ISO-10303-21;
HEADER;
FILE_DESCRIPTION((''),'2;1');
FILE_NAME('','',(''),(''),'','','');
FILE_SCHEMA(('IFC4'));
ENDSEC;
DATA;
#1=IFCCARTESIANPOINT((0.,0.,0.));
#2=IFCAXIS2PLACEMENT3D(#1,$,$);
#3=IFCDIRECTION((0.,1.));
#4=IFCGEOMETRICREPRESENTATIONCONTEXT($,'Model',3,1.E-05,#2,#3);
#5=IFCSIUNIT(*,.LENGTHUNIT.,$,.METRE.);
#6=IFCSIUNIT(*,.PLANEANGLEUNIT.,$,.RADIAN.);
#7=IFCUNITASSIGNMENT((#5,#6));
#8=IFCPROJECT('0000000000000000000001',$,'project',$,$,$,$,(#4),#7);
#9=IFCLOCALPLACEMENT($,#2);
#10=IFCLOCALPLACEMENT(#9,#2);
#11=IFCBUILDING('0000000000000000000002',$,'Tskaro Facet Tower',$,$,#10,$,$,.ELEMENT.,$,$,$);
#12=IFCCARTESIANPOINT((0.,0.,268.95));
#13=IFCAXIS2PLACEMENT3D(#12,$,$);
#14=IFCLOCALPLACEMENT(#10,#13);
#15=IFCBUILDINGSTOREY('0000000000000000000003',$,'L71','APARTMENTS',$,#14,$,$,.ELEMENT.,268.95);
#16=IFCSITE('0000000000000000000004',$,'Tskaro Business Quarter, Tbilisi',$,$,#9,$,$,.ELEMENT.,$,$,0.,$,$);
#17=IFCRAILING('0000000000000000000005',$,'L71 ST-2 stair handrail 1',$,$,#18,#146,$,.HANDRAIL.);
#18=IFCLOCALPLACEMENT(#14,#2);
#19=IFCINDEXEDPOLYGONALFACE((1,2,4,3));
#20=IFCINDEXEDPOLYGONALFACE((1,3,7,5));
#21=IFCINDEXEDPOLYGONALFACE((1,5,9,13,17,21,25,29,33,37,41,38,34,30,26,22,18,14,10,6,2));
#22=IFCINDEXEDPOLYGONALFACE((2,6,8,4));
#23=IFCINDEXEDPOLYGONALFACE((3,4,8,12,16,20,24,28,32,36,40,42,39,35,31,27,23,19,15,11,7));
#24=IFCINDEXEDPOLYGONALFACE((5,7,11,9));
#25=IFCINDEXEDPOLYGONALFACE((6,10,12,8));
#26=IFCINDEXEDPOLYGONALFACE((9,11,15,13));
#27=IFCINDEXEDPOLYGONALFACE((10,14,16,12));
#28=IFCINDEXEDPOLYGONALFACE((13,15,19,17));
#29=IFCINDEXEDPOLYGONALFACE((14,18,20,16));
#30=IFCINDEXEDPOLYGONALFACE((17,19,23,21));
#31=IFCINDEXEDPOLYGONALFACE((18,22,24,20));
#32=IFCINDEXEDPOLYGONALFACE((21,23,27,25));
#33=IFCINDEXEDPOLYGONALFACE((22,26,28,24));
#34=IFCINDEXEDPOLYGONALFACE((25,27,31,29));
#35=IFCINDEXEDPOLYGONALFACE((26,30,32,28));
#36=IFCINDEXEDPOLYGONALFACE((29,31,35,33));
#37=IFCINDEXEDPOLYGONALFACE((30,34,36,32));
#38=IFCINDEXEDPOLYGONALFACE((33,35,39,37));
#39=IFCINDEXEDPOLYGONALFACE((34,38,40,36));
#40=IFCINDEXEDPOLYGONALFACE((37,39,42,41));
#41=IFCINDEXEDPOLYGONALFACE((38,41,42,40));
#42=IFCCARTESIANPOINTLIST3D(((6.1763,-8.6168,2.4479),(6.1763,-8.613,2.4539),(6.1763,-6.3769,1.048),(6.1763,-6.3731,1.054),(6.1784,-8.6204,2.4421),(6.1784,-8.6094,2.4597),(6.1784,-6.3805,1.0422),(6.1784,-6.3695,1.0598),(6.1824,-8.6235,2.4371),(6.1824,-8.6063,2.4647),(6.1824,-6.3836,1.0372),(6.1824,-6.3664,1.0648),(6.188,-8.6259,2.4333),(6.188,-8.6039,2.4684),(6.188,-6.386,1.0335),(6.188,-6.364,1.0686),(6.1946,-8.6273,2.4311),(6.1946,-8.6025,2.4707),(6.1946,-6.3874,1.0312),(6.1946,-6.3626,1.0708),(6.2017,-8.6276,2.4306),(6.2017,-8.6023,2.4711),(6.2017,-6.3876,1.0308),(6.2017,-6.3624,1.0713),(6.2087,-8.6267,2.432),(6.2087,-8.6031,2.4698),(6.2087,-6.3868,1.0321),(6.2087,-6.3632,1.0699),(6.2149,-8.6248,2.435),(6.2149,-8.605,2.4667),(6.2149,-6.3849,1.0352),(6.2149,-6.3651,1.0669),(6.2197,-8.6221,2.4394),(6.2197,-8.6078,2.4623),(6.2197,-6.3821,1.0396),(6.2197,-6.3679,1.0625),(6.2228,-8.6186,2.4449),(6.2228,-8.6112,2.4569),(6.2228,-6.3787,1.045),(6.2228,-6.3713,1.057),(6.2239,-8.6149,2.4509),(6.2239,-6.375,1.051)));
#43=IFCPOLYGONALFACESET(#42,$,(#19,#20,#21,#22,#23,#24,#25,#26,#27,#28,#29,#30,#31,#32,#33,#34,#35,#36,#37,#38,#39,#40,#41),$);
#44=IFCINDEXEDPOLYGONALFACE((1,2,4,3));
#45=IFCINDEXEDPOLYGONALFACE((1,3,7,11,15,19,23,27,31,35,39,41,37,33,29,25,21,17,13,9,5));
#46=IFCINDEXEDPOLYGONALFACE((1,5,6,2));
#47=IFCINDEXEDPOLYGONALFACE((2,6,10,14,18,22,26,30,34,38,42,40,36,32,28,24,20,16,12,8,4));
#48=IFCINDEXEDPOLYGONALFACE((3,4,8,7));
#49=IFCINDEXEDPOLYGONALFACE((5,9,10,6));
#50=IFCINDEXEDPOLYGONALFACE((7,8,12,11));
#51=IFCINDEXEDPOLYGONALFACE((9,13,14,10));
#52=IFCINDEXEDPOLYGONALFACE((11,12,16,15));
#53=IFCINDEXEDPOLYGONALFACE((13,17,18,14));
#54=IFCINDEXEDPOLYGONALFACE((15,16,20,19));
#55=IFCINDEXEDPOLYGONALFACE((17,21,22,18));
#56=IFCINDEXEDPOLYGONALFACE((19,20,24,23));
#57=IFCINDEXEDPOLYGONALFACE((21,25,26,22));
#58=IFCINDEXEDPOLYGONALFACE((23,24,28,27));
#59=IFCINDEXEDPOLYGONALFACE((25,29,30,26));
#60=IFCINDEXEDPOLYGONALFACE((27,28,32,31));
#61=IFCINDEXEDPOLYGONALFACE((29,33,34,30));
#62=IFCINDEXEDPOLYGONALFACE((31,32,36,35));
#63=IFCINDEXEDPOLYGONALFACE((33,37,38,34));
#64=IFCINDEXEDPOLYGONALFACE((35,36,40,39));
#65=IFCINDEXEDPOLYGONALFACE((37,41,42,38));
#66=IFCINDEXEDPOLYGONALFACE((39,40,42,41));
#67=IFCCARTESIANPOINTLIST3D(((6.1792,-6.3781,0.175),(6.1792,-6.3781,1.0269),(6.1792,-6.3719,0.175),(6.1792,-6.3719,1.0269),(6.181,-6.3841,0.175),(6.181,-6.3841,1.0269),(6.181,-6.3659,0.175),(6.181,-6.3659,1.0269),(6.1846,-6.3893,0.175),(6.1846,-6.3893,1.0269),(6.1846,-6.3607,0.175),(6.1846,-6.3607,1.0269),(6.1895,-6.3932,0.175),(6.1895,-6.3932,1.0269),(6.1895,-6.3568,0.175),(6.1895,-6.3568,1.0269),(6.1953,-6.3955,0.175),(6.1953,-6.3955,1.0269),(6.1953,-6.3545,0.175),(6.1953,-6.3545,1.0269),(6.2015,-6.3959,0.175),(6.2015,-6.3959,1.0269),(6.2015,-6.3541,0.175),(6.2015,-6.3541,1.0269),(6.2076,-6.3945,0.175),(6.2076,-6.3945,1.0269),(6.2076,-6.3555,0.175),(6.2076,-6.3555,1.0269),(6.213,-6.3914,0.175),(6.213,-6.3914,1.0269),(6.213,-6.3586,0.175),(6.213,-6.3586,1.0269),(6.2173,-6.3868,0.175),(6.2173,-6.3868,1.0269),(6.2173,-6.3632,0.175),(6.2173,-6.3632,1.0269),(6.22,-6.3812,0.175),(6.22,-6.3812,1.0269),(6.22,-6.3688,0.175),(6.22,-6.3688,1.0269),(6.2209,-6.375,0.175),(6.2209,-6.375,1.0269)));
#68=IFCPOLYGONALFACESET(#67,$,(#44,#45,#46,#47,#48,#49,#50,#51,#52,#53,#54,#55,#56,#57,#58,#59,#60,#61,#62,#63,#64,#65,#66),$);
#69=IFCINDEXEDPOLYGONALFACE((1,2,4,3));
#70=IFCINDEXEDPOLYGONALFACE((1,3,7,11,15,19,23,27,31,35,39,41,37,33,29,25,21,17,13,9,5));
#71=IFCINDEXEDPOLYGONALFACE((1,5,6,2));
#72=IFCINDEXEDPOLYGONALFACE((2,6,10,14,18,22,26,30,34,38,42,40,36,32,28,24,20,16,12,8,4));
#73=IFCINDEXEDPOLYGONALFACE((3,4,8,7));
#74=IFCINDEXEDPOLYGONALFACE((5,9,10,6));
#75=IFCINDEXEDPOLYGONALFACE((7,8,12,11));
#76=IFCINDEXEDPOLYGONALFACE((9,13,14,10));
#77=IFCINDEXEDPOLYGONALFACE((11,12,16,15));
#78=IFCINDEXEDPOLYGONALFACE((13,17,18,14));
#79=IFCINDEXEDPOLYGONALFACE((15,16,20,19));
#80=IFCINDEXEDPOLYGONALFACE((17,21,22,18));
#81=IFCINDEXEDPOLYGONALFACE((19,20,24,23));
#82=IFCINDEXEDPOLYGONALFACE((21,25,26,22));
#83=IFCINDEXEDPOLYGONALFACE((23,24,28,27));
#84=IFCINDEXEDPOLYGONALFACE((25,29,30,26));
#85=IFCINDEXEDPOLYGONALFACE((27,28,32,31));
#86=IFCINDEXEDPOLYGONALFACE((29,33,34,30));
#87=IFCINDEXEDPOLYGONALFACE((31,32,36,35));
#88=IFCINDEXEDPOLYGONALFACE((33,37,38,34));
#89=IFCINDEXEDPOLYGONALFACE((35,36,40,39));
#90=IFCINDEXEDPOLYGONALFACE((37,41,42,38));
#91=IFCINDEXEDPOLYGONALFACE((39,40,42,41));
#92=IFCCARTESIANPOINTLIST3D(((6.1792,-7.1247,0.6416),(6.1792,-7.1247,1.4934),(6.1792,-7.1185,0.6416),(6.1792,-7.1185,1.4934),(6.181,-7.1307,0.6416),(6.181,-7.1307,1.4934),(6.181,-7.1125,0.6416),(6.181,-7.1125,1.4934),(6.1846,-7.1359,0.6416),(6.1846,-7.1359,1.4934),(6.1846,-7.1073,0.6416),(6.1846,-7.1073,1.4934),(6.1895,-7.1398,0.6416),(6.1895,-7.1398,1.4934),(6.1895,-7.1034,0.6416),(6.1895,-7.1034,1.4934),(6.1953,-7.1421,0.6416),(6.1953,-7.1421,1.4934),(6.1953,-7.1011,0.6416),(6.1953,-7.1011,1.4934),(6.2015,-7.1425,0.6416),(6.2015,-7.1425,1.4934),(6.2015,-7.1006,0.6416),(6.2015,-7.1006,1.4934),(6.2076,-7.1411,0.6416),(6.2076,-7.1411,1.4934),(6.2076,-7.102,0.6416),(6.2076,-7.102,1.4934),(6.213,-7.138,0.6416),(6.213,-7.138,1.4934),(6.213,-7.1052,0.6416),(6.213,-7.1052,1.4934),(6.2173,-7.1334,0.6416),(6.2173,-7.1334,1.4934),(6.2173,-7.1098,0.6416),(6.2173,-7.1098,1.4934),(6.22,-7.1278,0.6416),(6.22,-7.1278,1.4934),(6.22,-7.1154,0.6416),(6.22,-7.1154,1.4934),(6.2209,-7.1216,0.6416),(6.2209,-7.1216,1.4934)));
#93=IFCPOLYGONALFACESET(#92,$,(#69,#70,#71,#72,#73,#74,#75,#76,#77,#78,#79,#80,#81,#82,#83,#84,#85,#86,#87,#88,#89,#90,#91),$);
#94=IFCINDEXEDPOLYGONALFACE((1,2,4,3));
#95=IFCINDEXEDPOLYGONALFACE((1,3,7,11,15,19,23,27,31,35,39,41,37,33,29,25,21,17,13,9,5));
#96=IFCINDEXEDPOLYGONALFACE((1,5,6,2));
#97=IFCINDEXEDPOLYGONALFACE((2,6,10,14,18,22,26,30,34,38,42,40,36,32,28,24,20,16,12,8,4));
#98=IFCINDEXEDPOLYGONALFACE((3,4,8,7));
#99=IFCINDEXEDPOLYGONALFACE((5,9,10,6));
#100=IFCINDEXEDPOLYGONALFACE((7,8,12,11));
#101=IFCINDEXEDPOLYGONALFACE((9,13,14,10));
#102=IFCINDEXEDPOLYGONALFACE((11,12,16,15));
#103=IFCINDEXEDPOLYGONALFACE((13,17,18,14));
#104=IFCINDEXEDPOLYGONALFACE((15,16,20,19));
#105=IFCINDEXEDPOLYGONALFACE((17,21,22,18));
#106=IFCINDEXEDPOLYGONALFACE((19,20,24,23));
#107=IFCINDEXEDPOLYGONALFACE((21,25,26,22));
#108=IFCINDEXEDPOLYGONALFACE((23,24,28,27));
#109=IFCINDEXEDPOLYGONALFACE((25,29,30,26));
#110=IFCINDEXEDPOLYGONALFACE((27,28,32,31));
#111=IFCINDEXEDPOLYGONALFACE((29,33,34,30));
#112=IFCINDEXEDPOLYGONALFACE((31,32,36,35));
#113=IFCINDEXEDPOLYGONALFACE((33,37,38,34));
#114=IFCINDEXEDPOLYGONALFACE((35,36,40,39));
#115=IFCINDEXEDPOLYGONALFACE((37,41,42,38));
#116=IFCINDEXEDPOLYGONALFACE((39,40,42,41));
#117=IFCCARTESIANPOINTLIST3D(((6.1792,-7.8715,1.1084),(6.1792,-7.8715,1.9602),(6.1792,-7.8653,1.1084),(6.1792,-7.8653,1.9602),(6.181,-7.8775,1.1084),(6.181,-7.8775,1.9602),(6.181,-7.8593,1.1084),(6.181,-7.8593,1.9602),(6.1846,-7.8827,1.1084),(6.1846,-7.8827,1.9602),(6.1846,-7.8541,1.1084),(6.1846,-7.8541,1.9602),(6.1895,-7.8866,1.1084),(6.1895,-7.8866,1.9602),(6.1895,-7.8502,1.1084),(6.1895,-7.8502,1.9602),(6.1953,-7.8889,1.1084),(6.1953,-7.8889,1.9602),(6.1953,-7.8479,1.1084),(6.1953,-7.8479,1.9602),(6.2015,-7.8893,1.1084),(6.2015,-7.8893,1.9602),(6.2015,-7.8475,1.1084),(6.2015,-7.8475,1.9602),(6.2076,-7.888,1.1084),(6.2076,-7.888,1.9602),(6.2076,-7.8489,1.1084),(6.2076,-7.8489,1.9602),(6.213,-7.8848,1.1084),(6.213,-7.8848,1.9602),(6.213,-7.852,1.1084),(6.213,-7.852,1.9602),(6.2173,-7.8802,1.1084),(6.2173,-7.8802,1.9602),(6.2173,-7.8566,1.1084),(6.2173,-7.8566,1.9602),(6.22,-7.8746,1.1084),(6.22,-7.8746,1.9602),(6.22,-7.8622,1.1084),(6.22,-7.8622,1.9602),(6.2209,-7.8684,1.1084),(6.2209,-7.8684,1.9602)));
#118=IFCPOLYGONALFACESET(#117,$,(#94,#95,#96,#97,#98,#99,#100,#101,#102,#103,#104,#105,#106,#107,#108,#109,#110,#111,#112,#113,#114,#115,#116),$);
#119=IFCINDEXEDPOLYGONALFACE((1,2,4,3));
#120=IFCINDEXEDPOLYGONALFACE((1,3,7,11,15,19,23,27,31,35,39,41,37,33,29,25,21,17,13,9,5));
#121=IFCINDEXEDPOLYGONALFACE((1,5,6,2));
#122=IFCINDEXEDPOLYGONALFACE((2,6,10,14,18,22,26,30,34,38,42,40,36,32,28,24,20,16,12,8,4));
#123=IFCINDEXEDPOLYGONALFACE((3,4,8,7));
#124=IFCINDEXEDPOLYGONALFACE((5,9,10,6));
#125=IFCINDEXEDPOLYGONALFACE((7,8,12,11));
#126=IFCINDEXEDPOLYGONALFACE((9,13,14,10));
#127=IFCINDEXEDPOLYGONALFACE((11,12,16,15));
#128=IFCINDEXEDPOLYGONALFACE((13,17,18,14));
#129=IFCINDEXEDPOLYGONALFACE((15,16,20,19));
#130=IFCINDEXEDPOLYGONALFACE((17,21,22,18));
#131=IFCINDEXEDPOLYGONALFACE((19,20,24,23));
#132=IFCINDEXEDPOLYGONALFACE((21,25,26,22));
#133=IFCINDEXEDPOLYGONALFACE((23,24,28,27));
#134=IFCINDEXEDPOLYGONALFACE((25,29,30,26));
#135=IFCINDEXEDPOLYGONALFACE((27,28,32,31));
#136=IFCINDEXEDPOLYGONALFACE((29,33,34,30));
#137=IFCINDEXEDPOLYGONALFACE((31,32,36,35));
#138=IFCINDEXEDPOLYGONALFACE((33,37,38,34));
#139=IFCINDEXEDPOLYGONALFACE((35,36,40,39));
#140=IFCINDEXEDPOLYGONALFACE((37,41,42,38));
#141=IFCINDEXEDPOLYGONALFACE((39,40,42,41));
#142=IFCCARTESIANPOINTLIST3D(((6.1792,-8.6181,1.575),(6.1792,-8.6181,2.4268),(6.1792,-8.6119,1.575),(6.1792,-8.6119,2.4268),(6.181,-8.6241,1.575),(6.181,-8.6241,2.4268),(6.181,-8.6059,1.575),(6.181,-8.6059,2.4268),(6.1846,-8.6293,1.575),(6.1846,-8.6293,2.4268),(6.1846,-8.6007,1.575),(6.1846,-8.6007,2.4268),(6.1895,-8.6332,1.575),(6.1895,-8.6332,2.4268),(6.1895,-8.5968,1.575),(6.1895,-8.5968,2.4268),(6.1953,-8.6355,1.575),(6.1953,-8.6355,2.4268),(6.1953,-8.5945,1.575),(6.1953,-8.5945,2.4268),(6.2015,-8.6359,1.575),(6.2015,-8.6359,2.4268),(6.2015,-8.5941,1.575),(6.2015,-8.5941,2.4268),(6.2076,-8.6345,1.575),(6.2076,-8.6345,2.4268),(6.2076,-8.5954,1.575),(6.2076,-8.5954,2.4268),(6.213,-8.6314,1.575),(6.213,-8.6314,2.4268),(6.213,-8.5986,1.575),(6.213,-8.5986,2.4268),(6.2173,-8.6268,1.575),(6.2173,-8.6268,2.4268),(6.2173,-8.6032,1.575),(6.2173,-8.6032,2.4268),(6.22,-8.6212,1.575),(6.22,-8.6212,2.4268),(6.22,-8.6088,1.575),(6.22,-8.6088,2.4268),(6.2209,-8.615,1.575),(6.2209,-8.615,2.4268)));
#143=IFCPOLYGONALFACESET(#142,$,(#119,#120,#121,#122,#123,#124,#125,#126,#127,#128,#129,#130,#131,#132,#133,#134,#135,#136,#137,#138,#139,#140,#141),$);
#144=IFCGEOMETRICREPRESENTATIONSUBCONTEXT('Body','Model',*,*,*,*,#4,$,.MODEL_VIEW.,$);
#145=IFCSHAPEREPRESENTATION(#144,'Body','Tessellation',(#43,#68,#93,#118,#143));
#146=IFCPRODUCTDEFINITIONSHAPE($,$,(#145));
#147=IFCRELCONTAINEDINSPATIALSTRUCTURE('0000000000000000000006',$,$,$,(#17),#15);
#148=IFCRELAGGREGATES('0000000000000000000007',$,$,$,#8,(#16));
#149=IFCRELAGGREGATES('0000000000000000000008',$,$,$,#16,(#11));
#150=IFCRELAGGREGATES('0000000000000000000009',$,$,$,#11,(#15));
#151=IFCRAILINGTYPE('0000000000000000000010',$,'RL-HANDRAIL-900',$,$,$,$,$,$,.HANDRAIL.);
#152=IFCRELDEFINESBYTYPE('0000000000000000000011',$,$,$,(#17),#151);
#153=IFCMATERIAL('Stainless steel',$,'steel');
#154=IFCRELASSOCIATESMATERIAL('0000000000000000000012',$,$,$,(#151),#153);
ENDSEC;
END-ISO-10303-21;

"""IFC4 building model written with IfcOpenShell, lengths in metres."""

from ifc_helpers import new_model, si_unit, direction, frame, origin, origin_2d, place, context, subcontext, project, spatial, circle, extrude, material, type_object, element, save


model = new_model("IFC4")

# Units and contexts
model_context = context("Model", 3, precision=1e-05, world=origin(), true_north=direction((0.0, 1.0)))
body_context = subcontext(model_context, "Body", "Model", "MODEL_VIEW")
ifc_project = project(units=[si_unit("LENGTHUNIT", "METRE"), si_unit("PLANEANGLEUNIT", "RADIAN")], contexts=[model_context])

# Site, building, storey
site_placement = place(None, origin())
site = spatial("IfcSite", under=ifc_project, at=site_placement, Name="Tskaro Business Quarter, Tbilisi", CompositionType="ELEMENT", RefElevation=0.0)
building_placement = place(site_placement, origin())
building = spatial("IfcBuilding", under=site, at=building_placement, Name="Tskaro Facet Tower", CompositionType="ELEMENT")
storey_placement = place(building_placement, frame((0.0, 0.0, 268.95)))
storey = spatial("IfcBuildingStorey", under=building, at=storey_placement, Name="L71", Description="APARTMENTS", CompositionType="ELEMENT", Elevation=268.95)

# Railing
ifc_material_1 = material(Name="Stainless steel", Category="steel")
railing_type_1 = type_object("IfcRailingType", Name="RL-HANDRAIL-900", PredefinedType="HANDRAIL", material=ifc_material_1)
railing_1_placement = place(storey_placement, frame((6.2, -6.375, 0.175)))
element("IfcRailing", 1, at=railing_1_placement, inside=storey, type_object=railing_type_1, Name="L71 ST-2 stair handrail 1", PredefinedType="HANDRAIL", context=body_context, shape_type="SweptSolid", body=[
    extrude(circle(Radius=0.0239, at=origin_2d()), frame((0.0, 0.0, 0.876), z_axis=(0.0, -0.848014, 0.529974), x_axis=(1.0, 0.0, 0.0)), (0.0, 0.0, 1.0), 2.6414),
    extrude(circle(Radius=0.021, at=origin_2d()), origin(), (0.0, 0.0, 1.0), 0.8518),
    extrude(circle(Radius=0.021, at=origin_2d()), frame((0.0, -0.7466, 0.4666)), (0.0, 0.0, 1.0), 0.8518),
    extrude(circle(Radius=0.021, at=origin_2d()), frame((0.0, -1.4934, 0.9333)), (0.0, 0.0, 1.0), 0.8518),
    extrude(circle(Radius=0.021, at=origin_2d()), frame((0.0, -2.24, 1.3999)), (0.0, 0.0, 1.0), 0.8518),
])

save(model, "model.ifc")
